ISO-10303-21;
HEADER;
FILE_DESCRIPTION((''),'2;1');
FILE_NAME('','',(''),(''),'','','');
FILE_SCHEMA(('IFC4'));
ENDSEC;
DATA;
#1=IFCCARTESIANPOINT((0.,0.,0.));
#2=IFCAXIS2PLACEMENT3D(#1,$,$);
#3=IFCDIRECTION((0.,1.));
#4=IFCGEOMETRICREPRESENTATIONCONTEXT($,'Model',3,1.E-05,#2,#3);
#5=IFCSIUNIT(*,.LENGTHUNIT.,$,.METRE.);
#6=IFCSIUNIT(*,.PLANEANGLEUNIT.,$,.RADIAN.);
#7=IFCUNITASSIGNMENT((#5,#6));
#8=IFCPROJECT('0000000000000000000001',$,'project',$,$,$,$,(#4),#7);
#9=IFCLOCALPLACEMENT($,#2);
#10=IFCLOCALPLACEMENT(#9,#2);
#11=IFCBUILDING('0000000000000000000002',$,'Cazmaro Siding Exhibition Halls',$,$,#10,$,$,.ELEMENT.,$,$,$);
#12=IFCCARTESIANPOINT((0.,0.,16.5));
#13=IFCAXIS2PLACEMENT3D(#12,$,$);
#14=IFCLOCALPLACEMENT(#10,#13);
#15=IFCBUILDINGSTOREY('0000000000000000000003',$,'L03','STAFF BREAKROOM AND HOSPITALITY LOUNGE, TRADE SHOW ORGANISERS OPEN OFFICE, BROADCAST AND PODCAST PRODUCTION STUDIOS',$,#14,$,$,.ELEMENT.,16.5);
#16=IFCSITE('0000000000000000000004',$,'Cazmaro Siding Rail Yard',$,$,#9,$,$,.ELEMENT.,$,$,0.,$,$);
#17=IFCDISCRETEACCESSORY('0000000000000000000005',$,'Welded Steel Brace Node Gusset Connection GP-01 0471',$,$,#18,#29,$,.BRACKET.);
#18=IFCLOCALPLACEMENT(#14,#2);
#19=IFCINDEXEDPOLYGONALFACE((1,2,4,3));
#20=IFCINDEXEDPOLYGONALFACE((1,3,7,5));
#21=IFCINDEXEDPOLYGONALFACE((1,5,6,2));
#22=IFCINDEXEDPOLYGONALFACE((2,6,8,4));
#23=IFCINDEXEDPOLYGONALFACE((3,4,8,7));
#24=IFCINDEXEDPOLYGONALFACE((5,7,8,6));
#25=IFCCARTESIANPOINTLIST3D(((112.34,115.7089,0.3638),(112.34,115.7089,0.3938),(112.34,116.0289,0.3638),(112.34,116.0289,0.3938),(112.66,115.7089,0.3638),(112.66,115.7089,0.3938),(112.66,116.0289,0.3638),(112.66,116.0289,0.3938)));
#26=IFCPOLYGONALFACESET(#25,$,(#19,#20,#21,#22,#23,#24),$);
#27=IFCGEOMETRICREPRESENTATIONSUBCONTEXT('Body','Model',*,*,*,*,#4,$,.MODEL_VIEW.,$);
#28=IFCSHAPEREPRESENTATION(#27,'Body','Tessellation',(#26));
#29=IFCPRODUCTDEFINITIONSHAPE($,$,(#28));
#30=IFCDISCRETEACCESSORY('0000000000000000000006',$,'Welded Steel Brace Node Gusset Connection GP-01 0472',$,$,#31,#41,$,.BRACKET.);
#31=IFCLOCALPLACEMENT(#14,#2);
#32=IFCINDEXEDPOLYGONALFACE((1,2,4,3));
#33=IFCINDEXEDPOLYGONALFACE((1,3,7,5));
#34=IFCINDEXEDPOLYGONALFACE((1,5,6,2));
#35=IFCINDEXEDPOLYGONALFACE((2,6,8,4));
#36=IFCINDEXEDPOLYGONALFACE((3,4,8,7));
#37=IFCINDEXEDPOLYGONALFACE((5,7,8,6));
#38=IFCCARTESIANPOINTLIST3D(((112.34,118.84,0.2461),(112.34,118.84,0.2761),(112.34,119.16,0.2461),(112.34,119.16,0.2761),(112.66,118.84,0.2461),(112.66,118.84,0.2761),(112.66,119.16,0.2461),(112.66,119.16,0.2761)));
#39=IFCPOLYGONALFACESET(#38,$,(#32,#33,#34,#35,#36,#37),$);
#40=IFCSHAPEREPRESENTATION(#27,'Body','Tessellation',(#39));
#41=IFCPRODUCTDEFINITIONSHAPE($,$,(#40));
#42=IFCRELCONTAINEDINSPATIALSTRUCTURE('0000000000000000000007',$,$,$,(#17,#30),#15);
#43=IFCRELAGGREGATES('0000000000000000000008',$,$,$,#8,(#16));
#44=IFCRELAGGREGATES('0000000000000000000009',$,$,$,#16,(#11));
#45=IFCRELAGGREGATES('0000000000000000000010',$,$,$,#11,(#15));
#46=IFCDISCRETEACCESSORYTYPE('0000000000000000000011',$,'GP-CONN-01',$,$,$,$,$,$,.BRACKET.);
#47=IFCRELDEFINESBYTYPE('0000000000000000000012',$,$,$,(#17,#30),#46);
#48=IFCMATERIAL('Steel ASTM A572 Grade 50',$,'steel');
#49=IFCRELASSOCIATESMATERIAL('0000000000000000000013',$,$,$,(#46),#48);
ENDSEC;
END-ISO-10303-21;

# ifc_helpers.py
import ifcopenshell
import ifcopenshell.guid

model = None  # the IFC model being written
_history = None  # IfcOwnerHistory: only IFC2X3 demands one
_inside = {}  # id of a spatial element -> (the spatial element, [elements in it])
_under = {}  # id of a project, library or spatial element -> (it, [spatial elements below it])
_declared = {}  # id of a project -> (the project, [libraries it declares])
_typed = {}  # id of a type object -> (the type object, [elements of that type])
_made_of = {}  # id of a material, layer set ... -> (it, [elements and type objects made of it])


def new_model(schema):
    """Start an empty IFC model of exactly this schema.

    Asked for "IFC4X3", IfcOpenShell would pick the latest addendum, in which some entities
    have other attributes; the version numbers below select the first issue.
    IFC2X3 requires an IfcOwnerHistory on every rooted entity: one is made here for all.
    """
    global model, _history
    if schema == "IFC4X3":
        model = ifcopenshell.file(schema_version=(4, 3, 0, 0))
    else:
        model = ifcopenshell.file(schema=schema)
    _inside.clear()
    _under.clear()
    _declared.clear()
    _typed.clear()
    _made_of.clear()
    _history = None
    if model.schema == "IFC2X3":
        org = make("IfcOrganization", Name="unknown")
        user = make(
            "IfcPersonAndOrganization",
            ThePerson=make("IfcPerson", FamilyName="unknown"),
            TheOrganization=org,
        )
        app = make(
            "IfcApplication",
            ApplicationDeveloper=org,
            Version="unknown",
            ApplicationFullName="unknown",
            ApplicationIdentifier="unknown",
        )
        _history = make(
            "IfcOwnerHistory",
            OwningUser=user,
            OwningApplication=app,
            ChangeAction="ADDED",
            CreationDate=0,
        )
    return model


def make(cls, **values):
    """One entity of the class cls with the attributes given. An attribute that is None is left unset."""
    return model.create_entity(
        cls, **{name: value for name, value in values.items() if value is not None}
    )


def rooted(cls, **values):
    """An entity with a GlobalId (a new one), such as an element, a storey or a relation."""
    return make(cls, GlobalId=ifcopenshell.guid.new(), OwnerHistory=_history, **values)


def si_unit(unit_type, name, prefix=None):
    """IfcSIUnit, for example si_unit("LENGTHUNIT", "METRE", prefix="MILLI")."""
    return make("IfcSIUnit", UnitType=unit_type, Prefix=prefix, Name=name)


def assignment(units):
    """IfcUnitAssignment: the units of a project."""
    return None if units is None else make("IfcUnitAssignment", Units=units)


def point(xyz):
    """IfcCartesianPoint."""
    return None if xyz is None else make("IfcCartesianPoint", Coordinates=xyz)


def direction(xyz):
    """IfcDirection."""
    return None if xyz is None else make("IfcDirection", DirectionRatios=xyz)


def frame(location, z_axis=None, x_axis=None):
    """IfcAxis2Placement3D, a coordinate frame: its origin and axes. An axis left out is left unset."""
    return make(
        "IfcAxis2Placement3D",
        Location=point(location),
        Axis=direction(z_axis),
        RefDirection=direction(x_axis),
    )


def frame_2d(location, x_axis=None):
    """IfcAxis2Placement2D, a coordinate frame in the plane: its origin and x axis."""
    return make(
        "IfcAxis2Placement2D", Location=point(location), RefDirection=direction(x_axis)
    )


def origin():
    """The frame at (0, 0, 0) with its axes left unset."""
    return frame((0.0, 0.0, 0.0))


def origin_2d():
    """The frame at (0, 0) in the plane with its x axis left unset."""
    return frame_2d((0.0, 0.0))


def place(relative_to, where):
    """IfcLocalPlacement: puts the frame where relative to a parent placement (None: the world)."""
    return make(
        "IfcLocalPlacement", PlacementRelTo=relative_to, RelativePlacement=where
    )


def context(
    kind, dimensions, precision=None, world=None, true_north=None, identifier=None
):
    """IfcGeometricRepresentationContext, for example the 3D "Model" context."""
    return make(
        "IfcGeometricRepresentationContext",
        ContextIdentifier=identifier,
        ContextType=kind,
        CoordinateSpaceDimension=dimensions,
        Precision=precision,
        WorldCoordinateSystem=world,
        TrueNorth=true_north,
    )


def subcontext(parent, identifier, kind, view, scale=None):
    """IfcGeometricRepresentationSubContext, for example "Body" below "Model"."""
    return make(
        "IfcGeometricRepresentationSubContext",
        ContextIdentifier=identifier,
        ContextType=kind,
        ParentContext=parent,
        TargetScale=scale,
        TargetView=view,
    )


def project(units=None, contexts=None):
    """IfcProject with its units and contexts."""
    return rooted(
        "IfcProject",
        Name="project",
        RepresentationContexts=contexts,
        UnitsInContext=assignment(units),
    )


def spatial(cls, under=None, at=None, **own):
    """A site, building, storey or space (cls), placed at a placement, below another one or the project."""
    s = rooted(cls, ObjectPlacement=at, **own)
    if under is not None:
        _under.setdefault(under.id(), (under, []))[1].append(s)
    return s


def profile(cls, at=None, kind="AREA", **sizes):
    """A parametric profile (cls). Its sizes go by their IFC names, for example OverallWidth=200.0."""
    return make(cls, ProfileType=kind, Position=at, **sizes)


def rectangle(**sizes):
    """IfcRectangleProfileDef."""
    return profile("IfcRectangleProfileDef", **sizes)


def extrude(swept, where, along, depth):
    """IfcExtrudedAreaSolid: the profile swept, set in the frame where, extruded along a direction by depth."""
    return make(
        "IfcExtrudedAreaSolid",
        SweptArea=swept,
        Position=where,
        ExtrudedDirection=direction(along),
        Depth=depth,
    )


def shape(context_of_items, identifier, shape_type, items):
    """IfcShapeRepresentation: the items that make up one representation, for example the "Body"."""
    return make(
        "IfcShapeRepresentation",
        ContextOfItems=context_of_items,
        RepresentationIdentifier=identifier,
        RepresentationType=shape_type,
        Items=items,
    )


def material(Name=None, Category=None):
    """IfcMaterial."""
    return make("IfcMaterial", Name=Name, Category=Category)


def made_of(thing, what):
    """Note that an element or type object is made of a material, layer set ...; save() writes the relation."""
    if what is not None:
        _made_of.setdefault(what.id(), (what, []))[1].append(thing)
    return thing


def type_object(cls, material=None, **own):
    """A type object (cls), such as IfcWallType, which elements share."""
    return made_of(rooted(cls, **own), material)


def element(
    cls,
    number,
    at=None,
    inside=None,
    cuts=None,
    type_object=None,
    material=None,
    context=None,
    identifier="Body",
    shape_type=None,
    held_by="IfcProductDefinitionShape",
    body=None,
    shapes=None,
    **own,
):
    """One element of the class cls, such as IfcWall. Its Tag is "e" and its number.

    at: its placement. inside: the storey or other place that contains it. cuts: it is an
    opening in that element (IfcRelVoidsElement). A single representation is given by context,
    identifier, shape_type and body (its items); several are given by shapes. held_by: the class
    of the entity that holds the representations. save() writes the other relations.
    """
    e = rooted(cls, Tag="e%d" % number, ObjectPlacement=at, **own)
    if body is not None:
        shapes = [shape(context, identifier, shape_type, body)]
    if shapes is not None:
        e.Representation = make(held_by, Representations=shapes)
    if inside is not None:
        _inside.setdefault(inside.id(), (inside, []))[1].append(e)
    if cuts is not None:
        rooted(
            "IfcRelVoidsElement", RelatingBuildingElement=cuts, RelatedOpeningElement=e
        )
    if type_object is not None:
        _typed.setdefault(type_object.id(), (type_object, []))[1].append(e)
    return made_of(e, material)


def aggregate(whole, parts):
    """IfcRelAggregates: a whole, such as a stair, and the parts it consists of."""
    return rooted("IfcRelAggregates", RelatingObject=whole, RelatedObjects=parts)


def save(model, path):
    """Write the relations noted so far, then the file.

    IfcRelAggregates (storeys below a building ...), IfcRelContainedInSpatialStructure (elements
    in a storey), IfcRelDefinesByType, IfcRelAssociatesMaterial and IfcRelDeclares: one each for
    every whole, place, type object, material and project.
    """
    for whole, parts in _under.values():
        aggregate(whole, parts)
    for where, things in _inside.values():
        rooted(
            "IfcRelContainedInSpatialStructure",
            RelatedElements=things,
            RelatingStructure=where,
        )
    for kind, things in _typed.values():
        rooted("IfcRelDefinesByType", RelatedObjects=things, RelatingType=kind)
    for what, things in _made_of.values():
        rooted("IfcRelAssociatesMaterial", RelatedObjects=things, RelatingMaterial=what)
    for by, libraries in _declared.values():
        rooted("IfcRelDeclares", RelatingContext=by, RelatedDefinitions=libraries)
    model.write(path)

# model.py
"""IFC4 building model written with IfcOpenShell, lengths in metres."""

from ifc_helpers import new_model, si_unit, direction, frame, origin, origin_2d, place, context, subcontext, project, spatial, rectangle, extrude, material, type_object, element, save


model = new_model("IFC4")

# Units and contexts
model_context = context("Model", 3, precision=1e-05, world=origin(), true_north=direction((0.0, 1.0)))
body_context = subcontext(model_context, "Body", "Model", "MODEL_VIEW")
ifc_project = project(units=[si_unit("LENGTHUNIT", "METRE"), si_unit("PLANEANGLEUNIT", "RADIAN")], contexts=[model_context])

# Site, building, storey
site_placement = place(None, origin())
site = spatial("IfcSite", under=ifc_project, at=site_placement, Name="Cazmaro Siding Rail Yard", CompositionType="ELEMENT", RefElevation=0.0)
building_placement = place(site_placement, origin())
building = spatial("IfcBuilding", under=site, at=building_placement, Name="Cazmaro Siding Exhibition Halls", CompositionType="ELEMENT")
storey_placement = place(building_placement, frame((0.0, 0.0, 16.5)))
storey = spatial("IfcBuildingStorey", under=building, at=storey_placement, Name="L03", Description="STAFF BREAKROOM AND HOSPITALITY LOUNGE, TRADE SHOW ORGANISERS OPEN OFFICE, BROADCAST AND PODCAST PRODUCTION STUDIOS", CompositionType="ELEMENT", Elevation=16.5)

# Discrete accessories
ifc_material_1 = material(Name="Steel ASTM A572 Grade 50", Category="steel")
discrete_accessory_type = type_object("IfcDiscreteAccessoryType", Name="GP-CONN-01", PredefinedType="BRACKET", material=ifc_material_1)
for number, where, z_axis, x_axis, name in (
    (1, (112.5, 115.8689, 0.3638), (0.0, 0.0, 1.0), (1.0, 0.0, 0.0), "Welded Steel Brace Node Gusset Connection GP-01 0471"),
    (2, (112.5, 119.0, 0.2461), (0.0, 0.0, 1.0), (1.0, 0.0, 0.0), "Welded Steel Brace Node Gusset Connection GP-01 0472"),
):
    element("IfcDiscreteAccessory", number, at=place(storey_placement, frame(where, z_axis=z_axis, x_axis=x_axis)), inside=storey, type_object=discrete_accessory_type, Name=name, PredefinedType="BRACKET", context=body_context, shape_type="SweptSolid", body=[
        extrude(rectangle(XDim=0.3201, YDim=0.3201, at=origin_2d()), origin(), (0.0, 0.0, 1.0), 0.03),
    ])

save(model, "model.ifc")
